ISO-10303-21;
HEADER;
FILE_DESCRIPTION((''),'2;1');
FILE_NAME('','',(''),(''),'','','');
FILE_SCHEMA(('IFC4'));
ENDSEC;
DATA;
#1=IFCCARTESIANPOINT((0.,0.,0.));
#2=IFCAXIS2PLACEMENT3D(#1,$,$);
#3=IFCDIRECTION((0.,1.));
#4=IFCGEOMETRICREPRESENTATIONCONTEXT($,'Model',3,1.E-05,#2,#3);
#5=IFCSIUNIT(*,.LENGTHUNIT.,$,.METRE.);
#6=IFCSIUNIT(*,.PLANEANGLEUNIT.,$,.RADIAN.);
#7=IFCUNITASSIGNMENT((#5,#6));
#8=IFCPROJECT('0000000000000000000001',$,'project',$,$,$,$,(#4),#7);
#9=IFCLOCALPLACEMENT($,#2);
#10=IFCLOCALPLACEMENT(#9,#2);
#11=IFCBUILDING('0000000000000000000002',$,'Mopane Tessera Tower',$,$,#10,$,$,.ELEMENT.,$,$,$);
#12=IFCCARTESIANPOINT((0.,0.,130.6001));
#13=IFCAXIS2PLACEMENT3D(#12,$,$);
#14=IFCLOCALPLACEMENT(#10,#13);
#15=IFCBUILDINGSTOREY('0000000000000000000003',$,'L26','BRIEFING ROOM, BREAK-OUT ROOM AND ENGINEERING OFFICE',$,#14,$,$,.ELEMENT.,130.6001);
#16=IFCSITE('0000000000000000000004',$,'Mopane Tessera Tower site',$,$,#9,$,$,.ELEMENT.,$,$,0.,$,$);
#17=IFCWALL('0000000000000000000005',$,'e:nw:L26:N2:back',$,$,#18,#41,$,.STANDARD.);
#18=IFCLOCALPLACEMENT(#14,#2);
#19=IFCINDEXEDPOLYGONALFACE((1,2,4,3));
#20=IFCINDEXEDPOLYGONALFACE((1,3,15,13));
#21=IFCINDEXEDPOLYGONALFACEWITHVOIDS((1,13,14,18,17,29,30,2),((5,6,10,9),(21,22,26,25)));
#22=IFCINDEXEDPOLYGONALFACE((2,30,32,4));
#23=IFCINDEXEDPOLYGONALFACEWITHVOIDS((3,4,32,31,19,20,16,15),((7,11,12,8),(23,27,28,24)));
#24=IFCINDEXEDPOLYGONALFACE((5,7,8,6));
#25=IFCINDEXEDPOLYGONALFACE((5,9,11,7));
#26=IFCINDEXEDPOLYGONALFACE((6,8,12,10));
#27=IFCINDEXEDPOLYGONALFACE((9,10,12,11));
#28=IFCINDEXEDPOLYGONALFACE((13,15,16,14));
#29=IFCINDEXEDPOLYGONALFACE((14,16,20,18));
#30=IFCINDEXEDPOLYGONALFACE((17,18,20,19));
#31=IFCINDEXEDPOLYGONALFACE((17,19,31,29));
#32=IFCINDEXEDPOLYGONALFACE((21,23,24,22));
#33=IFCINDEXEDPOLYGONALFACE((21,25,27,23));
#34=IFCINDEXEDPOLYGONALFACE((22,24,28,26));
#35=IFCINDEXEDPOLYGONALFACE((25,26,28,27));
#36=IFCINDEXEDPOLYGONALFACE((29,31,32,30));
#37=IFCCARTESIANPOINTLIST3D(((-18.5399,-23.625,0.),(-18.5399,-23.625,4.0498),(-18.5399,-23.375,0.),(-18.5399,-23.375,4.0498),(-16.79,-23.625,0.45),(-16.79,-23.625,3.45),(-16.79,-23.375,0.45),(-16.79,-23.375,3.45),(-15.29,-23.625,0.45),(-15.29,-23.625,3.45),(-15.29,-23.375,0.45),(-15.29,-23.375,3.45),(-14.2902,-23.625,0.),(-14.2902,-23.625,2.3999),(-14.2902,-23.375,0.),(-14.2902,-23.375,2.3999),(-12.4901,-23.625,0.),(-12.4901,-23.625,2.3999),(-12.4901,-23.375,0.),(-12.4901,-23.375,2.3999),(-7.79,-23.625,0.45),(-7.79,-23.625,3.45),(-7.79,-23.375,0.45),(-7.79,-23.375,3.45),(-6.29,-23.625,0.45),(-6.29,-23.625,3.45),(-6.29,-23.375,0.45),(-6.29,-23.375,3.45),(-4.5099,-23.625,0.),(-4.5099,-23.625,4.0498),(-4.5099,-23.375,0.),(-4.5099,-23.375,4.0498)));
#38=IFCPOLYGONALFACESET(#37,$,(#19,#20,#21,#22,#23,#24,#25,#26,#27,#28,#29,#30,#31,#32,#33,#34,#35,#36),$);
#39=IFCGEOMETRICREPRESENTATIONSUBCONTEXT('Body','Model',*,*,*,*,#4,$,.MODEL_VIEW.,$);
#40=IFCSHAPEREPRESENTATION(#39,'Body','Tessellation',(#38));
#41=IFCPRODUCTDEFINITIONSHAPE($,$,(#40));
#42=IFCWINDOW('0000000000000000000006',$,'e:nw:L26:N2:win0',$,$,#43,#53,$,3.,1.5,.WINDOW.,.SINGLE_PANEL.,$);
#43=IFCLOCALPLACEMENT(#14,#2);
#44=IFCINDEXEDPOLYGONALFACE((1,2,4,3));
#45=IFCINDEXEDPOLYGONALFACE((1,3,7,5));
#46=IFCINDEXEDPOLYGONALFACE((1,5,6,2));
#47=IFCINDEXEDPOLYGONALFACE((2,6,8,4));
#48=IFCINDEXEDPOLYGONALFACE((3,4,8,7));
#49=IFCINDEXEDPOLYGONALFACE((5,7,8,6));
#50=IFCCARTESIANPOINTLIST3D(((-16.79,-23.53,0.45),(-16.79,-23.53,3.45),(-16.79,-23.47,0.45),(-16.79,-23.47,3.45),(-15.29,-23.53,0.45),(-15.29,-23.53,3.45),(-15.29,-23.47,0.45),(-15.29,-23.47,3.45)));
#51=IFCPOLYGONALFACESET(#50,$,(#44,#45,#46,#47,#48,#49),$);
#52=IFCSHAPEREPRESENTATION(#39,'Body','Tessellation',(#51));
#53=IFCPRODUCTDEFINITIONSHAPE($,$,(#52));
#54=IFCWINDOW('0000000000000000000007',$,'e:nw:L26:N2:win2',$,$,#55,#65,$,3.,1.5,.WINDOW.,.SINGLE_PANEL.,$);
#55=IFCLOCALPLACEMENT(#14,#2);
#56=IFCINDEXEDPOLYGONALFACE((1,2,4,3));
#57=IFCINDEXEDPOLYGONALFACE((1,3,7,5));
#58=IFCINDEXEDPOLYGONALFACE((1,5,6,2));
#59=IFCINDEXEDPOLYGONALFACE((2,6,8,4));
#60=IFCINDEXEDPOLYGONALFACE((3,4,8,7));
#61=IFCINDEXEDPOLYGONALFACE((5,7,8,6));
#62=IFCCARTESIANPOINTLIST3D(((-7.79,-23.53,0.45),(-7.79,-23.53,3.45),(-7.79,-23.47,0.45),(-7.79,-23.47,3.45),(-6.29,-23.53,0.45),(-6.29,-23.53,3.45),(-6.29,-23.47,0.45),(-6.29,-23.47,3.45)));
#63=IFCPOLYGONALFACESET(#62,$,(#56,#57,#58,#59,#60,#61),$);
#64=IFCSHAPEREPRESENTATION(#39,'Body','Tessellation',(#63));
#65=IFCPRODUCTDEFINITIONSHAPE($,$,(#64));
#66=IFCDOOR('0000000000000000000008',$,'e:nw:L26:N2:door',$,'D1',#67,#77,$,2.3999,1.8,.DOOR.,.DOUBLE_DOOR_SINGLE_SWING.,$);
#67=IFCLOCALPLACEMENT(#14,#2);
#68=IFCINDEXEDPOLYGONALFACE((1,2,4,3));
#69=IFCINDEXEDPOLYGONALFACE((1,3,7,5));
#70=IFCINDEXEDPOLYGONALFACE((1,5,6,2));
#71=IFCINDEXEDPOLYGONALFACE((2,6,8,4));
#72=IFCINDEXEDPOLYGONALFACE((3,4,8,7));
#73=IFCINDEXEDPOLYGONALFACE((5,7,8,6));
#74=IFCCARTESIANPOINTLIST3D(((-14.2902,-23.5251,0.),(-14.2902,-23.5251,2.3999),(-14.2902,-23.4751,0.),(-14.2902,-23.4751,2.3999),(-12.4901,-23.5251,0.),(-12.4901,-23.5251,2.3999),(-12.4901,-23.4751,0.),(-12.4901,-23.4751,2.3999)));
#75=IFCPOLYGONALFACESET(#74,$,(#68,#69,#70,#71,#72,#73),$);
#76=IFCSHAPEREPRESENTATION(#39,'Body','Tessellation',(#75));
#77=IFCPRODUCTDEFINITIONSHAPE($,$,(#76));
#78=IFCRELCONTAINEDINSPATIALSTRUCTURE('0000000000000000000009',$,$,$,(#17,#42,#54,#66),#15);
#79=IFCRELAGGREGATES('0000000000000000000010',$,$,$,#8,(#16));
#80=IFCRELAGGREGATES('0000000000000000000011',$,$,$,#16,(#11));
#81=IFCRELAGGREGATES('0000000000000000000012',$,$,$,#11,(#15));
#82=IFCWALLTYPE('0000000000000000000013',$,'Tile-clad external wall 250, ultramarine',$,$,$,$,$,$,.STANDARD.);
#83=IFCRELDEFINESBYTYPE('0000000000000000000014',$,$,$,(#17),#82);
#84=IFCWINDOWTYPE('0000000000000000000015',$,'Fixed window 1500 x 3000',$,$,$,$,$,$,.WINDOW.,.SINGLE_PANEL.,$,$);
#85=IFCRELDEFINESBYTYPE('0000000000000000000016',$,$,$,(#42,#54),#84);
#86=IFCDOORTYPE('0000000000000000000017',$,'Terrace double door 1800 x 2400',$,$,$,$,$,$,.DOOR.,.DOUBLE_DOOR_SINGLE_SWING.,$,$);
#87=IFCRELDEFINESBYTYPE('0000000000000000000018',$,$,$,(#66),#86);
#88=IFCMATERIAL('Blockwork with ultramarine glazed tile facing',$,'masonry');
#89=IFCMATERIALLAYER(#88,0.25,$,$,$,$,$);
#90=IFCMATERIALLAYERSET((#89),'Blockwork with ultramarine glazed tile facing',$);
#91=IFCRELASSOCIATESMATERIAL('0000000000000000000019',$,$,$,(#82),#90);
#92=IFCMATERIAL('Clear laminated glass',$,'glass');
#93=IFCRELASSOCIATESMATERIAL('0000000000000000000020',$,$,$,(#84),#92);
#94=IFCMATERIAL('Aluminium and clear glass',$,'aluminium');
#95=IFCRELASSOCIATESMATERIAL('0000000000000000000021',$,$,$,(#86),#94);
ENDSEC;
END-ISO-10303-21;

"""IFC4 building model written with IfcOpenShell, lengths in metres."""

from ifc_helpers import new_model, si_unit, direction, frame, frame_2d, origin, place, context, subcontext, project, spatial, rectangle, extrude, material, layer, layer_set, type_object, element, fill, save


model = new_model("IFC4")

# Units and contexts
model_context = context("Model", 3, precision=1e-05, world=origin(), true_north=direction((0.0, 1.0)))
body_context = subcontext(model_context, "Body", "Model", "MODEL_VIEW")
ifc_project = project(units=[si_unit("LENGTHUNIT", "METRE"), si_unit("PLANEANGLEUNIT", "RADIAN")], contexts=[model_context])

# Site, building, storey
site_placement = place(None, origin())
site = spatial("IfcSite", under=ifc_project, at=site_placement, Name="Mopane Tessera Tower site", CompositionType="ELEMENT", RefElevation=0.0)
building_placement = place(site_placement, origin())
building = spatial("IfcBuilding", under=site, at=building_placement, Name="Mopane Tessera Tower", CompositionType="ELEMENT")
storey_placement = place(building_placement, frame((0.0, 0.0, 130.6001)))
storey = spatial("IfcBuildingStorey", under=building, at=storey_placement, Name="L26", Description="BRIEFING ROOM, BREAK-OUT ROOM AND ENGINEERING OFFICE", CompositionType="ELEMENT", Elevation=130.6001)

# Wall, openings, windows, door
ifc_material_1 = material(Name="Blockwork with ultramarine glazed tile facing", Category="masonry")
ifc_layer_1 = layer(ifc_material_1, 0.25)
ifc_layer_set_1 = layer_set([ifc_layer_1], Name="Blockwork with ultramarine glazed tile facing")
wall_type_1 = type_object("IfcWallType", Name="Tile-clad external wall 250, ultramarine", PredefinedType="STANDARD", material=ifc_layer_set_1)
wall_1_placement = place(storey_placement, frame((-18.54, -23.5, 0.0), z_axis=(0.0, 0.0, 1.0), x_axis=(1.0, 0.0, 0.0)))
wall_1 = element("IfcWall", 1, at=wall_1_placement, inside=storey, type_object=wall_type_1, Name="e:nw:L26:N2:back", PredefinedType="STANDARD", context=body_context, shape_type="SweptSolid", body=[
    extrude(rectangle(XDim=14.03, YDim=0.25, at=frame_2d((7.0151, 0.0))), origin(), (0.0, 0.0, 1.0), 4.0498),
])
opening_1_placement = place(wall_1_placement, frame((1.75, 0.0, 0.45)))
opening_1 = element("IfcOpeningElement", 2, at=opening_1_placement, cuts=wall_1, PredefinedType="OPENING", context=body_context, shape_type="SweptSolid", body=[
    extrude(rectangle(XDim=1.5, YDim=3.0, at=frame_2d((0.75, 1.5))), frame((0.0, 0.137, 0.0), z_axis=(0.0, -1.0, 0.0), x_axis=(1.0, 0.0, 0.0)), (0.0, 0.0, 1.0), 0.2739),
])
opening_2_placement = place(wall_1_placement, frame((4.25, 0.0, 0.0)))
opening_2 = element("IfcOpeningElement", 3, at=opening_2_placement, cuts=wall_1, PredefinedType="OPENING", context=body_context, shape_type="SweptSolid", body=[
    extrude(rectangle(XDim=1.8, YDim=2.3999, at=frame_2d((0.8999, 1.2))), frame((0.0, 0.137, 0.0), z_axis=(0.0, -1.0, 0.0), x_axis=(1.0, 0.0, 0.0)), (0.0, 0.0, 1.0), 0.2739),
])
opening_3_placement = place(wall_1_placement, frame((10.75, 0.0, 0.45)))
opening_3 = element("IfcOpeningElement", 4, at=opening_3_placement, cuts=wall_1, PredefinedType="OPENING", context=body_context, shape_type="SweptSolid", body=[
    extrude(rectangle(XDim=1.5, YDim=3.0, at=frame_2d((0.75, 1.5))), frame((0.0, 0.137, 0.0), z_axis=(0.0, -1.0, 0.0), x_axis=(1.0, 0.0, 0.0)), (0.0, 0.0, 1.0), 0.2739),
])
ifc_material_2 = material(Name="Clear laminated glass", Category="glass")
window_type = type_object("IfcWindowType", Name="Fixed window 1500 x 3000", PartitioningType="SINGLE_PANEL", PredefinedType="WINDOW", material=ifc_material_2)
window_1_placement = place(opening_1_placement, origin())
window_1 = element("IfcWindow", 5, at=window_1_placement, inside=storey, type_object=window_type, Name="e:nw:L26:N2:win0", OverallHeight=3.0, OverallWidth=1.5, PartitioningType="SINGLE_PANEL", PredefinedType="WINDOW", context=body_context, shape_type="SweptSolid", body=[
    extrude(rectangle(XDim=1.5, YDim=3.0, at=frame_2d((0.75, 1.5))), frame((0.0, 0.03, 0.0), z_axis=(0.0, -1.0, 0.0), x_axis=(1.0, 0.0, 0.0)), (0.0, 0.0, 1.0), 0.0601),
])
fill(opening_1, window_1)
window_2_placement = place(opening_3_placement, origin())
window_2 = element("IfcWindow", 6, at=window_2_placement, inside=storey, type_object=window_type, Name="e:nw:L26:N2:win2", OverallHeight=3.0, OverallWidth=1.5, PartitioningType="SINGLE_PANEL", PredefinedType="WINDOW", context=body_context, shape_type="SweptSolid", body=[
    extrude(rectangle(XDim=1.5, YDim=3.0, at=frame_2d((0.75, 1.5))), frame((0.0, 0.03, 0.0), z_axis=(0.0, -1.0, 0.0), x_axis=(1.0, 0.0, 0.0)), (0.0, 0.0, 1.0), 0.0601),
])
fill(opening_3, window_2)
ifc_material_3 = material(Name="Aluminium and clear glass", Category="aluminium")
door_type_1 = type_object("IfcDoorType", Name="Terrace double door 1800 x 2400", OperationType="DOUBLE_DOOR_SINGLE_SWING", PredefinedType="DOOR", material=ifc_material_3)
door_1_placement = place(opening_2_placement, origin())
door_1 = element("IfcDoor", 7, at=door_1_placement, inside=storey, type_object=door_type_1, Name="e:nw:L26:N2:door", ObjectType="D1", OperationType="DOUBLE_DOOR_SINGLE_SWING", OverallHeight=2.3999, OverallWidth=1.8, PredefinedType="DOOR", context=body_context, shape_type="SweptSolid", body=[
    extrude(rectangle(XDim=1.8, YDim=2.3999, at=frame_2d((0.8999, 1.2))), frame((0.0, 0.0249, 0.0), z_axis=(0.0, -1.0, 0.0), x_axis=(1.0, 0.0, 0.0)), (0.0, 0.0, 1.0), 0.05),
])
fill(opening_2, door_1)

save(model, "model.ifc")
